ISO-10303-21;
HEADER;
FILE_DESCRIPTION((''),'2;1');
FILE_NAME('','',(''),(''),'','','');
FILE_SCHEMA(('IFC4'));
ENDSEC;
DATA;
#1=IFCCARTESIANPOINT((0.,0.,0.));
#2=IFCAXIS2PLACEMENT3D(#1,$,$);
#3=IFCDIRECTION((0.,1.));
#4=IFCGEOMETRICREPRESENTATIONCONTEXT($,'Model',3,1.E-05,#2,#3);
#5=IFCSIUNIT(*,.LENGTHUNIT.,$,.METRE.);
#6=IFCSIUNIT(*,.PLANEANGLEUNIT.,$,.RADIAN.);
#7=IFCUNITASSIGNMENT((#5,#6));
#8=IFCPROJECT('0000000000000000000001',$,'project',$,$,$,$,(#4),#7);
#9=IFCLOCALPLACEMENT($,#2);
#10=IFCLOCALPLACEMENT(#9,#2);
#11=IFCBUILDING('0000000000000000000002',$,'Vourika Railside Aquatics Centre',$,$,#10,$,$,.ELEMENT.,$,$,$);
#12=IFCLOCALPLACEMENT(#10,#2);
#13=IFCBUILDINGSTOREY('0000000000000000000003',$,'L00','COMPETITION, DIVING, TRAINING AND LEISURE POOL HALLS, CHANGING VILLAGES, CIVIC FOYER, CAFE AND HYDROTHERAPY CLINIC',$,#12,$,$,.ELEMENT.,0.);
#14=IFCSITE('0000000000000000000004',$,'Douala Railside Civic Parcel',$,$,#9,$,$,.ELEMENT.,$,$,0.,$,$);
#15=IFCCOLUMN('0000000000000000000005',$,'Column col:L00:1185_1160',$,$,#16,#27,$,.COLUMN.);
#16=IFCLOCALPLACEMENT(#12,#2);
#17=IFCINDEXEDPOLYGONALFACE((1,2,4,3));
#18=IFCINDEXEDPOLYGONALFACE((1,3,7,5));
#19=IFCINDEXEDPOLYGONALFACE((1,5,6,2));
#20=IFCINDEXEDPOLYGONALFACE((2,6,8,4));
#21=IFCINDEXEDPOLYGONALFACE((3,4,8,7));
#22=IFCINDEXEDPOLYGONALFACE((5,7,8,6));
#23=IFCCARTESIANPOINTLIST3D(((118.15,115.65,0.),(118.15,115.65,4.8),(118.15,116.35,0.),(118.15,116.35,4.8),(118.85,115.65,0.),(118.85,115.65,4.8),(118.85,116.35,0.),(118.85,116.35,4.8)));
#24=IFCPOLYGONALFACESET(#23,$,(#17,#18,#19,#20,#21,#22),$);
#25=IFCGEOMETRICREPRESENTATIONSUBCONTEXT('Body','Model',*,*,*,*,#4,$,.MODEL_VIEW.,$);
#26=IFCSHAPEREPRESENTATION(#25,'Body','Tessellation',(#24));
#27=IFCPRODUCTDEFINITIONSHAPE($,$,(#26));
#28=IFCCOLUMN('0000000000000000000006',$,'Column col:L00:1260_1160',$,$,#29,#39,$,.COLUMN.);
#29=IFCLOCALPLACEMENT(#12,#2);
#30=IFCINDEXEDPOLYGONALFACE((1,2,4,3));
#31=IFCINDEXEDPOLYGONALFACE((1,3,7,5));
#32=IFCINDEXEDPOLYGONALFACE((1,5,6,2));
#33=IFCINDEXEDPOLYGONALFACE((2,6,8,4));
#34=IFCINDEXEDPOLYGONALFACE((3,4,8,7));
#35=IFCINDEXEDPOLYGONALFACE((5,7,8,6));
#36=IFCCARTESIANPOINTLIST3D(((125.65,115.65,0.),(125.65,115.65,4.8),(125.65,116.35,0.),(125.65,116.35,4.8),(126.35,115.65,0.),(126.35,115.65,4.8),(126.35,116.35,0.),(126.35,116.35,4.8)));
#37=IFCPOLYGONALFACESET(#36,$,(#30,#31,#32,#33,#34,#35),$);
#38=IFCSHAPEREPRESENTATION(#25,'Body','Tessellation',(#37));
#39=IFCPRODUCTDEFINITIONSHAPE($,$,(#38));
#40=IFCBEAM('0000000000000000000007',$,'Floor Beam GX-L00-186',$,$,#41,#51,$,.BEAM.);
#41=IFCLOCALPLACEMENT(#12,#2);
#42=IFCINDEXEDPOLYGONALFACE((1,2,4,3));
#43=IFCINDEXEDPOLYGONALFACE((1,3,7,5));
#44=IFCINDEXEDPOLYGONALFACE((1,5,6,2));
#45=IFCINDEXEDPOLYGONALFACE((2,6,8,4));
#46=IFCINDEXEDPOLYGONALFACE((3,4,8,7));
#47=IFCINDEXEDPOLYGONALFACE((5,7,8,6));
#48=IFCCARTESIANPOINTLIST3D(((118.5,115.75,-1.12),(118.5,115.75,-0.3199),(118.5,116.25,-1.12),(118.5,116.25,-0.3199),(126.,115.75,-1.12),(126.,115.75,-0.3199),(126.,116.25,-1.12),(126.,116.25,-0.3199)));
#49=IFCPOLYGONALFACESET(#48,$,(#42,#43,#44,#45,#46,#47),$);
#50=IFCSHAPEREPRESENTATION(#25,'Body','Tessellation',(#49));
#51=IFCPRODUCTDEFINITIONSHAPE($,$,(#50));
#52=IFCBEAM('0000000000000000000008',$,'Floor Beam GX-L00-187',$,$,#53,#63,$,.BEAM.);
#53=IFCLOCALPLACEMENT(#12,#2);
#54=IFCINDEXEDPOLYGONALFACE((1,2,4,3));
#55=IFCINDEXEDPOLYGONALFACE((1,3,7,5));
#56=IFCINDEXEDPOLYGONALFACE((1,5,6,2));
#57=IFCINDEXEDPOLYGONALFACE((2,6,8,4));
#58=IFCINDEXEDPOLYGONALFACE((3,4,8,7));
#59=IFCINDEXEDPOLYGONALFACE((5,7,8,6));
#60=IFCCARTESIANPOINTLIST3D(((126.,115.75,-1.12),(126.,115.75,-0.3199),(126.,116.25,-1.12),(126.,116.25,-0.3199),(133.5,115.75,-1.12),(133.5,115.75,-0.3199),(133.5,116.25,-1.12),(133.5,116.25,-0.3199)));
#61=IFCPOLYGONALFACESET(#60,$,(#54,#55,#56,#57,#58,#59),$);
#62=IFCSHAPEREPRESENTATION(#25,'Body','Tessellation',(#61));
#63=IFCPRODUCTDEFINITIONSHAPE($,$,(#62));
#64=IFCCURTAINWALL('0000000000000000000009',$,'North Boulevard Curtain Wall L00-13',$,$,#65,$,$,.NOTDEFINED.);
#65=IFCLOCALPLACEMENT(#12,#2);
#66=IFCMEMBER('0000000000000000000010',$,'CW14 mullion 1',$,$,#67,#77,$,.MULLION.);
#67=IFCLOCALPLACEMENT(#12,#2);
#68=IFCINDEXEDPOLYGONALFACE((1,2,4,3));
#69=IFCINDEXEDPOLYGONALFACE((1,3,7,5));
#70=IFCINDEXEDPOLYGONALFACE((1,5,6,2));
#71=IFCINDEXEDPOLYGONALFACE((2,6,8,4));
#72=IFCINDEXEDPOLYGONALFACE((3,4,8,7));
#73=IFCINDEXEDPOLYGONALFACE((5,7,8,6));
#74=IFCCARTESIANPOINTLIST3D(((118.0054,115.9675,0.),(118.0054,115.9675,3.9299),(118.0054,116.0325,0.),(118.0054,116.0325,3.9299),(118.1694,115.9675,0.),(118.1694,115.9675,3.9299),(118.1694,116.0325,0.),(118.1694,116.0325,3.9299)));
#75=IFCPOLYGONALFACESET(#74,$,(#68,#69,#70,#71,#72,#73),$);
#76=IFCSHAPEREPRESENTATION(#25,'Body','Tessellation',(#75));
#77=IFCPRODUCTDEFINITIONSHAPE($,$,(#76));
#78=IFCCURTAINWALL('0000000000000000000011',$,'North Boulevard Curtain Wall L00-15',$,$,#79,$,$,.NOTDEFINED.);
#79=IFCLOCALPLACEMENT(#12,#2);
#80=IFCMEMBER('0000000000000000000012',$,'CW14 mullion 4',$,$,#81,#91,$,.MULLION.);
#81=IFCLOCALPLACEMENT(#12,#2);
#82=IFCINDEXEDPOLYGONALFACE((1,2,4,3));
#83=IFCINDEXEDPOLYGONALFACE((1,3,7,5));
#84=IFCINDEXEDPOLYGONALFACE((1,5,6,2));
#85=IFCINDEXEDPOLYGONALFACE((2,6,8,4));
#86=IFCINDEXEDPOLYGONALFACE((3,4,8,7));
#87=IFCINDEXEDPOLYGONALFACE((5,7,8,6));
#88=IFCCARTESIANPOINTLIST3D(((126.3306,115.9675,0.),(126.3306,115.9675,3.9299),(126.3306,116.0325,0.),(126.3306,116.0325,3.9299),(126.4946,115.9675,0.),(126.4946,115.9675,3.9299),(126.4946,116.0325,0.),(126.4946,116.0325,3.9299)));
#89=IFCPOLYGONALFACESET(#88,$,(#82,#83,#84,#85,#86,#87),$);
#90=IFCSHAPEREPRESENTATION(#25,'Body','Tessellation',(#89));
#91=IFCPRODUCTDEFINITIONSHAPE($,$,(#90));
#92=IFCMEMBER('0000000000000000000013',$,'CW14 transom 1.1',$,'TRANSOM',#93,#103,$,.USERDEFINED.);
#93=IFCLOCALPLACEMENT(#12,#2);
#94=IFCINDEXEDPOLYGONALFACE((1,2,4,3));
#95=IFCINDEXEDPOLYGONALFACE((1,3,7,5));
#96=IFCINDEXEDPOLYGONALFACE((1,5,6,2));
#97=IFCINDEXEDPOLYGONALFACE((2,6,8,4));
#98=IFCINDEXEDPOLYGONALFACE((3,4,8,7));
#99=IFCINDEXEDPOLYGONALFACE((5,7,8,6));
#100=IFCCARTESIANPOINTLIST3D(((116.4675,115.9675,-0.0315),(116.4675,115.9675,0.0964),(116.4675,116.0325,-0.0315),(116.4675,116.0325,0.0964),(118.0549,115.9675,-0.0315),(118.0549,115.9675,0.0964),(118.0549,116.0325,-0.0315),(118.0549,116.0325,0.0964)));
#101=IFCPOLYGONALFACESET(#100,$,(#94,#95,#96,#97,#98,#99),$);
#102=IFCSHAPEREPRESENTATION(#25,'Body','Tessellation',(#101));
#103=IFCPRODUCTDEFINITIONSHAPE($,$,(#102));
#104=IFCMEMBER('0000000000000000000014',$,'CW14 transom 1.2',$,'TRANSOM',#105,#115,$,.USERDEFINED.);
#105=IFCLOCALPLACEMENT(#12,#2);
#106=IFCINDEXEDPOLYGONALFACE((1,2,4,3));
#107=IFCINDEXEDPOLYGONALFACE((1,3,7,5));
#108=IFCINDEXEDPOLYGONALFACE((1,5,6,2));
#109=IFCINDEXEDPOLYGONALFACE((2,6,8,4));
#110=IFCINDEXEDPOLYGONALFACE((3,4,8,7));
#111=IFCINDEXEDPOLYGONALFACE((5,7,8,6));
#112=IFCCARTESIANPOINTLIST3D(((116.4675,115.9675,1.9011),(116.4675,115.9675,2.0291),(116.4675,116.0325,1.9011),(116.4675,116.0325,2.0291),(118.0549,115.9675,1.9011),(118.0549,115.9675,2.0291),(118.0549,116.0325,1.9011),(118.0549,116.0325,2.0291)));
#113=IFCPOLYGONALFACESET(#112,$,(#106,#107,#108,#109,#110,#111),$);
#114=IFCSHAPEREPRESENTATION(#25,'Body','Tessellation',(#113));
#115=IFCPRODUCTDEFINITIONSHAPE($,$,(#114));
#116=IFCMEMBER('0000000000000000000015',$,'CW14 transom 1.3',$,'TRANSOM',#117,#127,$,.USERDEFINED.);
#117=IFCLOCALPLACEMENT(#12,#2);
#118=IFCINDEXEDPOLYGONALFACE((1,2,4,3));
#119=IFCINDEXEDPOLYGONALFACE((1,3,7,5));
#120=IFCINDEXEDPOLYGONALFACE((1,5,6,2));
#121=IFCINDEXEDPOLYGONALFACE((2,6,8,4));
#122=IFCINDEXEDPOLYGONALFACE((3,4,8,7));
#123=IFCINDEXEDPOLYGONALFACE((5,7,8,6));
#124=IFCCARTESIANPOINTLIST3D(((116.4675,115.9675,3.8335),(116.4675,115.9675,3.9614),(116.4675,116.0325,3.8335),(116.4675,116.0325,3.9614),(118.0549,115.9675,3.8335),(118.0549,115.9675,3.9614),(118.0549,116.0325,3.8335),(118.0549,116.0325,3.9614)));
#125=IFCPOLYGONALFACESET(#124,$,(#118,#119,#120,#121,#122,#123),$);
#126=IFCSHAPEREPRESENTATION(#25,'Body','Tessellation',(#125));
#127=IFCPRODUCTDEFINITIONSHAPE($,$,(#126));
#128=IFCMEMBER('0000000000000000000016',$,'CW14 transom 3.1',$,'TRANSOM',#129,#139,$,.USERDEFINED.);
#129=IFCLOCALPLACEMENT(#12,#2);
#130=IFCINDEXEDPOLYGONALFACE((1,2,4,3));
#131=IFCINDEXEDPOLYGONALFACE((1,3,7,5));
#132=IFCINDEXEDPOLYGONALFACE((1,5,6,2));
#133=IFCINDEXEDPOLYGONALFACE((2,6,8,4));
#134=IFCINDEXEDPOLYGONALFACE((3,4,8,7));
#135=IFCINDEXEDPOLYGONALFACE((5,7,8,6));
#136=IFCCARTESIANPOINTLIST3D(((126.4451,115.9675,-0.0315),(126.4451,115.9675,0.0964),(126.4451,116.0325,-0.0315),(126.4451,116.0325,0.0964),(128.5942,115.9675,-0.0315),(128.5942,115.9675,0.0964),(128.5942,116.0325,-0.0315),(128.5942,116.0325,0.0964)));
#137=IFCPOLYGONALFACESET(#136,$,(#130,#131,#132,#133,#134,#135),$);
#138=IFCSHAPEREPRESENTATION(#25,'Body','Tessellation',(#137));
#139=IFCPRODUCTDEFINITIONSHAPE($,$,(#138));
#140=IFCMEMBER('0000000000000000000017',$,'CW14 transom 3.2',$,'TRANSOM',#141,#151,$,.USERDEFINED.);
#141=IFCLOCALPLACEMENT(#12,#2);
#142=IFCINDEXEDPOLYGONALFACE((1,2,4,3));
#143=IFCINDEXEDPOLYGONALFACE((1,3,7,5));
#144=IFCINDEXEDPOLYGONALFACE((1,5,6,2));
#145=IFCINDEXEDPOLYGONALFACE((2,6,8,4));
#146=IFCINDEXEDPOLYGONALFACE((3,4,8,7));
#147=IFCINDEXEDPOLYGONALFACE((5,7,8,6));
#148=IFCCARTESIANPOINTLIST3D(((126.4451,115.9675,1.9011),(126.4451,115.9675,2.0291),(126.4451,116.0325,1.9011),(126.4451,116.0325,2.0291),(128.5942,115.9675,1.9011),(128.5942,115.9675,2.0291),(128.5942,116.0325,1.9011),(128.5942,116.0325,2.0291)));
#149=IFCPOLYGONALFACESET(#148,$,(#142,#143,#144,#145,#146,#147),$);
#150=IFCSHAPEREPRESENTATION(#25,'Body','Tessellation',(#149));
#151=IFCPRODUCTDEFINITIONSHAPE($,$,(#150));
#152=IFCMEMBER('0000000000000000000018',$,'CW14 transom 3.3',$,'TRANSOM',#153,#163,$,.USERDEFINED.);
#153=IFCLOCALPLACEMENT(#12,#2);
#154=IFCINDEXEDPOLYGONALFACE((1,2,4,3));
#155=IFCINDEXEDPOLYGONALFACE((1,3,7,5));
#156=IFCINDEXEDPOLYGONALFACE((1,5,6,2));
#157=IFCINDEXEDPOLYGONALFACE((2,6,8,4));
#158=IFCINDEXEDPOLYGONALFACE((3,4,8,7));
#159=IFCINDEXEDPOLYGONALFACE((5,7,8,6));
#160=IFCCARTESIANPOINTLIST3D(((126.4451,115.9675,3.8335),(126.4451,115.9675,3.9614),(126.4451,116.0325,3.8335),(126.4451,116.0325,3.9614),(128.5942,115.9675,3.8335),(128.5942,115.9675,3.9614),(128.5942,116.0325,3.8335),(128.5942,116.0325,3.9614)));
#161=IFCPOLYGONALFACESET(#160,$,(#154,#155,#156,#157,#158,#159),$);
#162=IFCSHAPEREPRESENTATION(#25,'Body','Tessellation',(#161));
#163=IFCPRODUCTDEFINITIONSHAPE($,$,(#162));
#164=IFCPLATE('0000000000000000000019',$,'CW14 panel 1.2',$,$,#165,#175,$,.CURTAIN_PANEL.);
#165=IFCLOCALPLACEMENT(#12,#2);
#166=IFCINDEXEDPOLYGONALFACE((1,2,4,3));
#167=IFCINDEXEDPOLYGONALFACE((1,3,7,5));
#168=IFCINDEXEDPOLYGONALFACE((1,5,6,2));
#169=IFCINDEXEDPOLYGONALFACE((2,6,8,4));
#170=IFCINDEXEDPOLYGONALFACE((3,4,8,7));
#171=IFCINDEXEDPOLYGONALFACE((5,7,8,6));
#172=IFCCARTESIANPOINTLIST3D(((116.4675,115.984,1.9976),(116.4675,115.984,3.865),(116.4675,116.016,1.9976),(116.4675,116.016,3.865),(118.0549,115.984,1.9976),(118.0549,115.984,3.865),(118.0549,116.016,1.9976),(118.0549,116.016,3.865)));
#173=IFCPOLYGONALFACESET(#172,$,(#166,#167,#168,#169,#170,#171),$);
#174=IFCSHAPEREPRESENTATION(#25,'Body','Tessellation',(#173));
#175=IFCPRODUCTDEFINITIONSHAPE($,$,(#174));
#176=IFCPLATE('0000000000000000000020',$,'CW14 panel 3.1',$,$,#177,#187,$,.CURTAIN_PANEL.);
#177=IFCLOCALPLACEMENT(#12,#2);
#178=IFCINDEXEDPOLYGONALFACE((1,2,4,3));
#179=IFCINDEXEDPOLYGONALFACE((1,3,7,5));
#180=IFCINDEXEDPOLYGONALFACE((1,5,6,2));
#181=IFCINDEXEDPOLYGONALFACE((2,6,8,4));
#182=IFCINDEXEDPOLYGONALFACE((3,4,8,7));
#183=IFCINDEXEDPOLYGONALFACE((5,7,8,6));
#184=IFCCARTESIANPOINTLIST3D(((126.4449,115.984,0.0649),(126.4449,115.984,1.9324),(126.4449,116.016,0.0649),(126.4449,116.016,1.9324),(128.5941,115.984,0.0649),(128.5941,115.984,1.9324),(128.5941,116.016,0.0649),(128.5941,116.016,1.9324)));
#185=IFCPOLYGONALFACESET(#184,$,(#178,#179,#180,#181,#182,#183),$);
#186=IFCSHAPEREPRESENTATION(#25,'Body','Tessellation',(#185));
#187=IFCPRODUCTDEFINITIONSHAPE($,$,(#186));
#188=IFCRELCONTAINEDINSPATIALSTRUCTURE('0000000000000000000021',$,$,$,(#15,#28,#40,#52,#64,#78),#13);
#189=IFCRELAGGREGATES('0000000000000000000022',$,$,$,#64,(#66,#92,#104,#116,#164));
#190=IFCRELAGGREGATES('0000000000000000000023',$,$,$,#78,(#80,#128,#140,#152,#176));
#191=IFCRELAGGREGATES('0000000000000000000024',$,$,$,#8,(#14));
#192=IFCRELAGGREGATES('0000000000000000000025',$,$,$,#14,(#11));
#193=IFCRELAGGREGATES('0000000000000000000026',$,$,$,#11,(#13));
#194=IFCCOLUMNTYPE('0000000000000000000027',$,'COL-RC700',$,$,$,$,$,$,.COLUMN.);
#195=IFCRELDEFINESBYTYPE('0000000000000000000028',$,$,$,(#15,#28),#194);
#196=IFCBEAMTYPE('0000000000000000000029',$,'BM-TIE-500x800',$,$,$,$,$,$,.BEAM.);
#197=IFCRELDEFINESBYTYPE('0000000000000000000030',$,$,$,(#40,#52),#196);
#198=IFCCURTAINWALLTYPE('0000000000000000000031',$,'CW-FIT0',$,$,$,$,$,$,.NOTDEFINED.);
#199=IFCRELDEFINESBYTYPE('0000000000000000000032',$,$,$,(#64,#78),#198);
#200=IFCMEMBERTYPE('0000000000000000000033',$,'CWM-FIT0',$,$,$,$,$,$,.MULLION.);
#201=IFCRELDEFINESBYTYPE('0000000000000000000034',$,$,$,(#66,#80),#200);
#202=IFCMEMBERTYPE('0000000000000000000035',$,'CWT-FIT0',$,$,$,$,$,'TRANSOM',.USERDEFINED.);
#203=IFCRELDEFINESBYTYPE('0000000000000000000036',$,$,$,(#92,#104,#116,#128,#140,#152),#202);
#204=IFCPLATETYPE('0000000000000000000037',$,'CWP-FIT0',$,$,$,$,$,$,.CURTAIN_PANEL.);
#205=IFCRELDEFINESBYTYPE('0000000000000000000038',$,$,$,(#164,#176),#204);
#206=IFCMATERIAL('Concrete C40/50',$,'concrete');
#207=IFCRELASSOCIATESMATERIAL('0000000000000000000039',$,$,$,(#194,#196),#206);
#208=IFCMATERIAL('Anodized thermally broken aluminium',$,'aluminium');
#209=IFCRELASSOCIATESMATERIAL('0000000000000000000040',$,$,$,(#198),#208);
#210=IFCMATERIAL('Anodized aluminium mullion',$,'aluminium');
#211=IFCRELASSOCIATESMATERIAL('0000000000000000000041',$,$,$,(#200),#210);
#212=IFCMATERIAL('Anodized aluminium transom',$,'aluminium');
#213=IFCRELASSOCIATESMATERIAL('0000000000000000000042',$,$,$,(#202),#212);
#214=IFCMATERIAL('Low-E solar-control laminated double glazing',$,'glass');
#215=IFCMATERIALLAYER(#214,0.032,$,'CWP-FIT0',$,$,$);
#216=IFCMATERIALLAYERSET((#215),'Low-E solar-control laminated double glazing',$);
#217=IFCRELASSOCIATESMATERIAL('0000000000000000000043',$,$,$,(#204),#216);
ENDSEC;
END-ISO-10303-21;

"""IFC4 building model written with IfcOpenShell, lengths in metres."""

from ifc_helpers import new_model, si_unit, direction, frame, origin, origin_2d, place, context, subcontext, project, spatial, rectangle, extrude, material, layer, layer_set, material_profile, profile_set, type_object, element, aggregate, save


model = new_model("IFC4")

# Units and contexts
model_context = context("Model", 3, precision=1e-05, world=origin(), true_north=direction((0.0, 1.0)))
body_context = subcontext(model_context, "Body", "Model", "MODEL_VIEW")
ifc_project = project(units=[si_unit("LENGTHUNIT", "METRE"), si_unit("PLANEANGLEUNIT", "RADIAN")], contexts=[model_context])

# Site, building, storey
site_placement = place(None, origin())
site = spatial("IfcSite", under=ifc_project, at=site_placement, Name="Douala Railside Civic Parcel", CompositionType="ELEMENT", RefElevation=0.0)
building_placement = place(site_placement, origin())
building = spatial("IfcBuilding", under=site, at=building_placement, Name="Vourika Railside Aquatics Centre", CompositionType="ELEMENT")
storey_placement = place(building_placement, origin())
storey = spatial("IfcBuildingStorey", under=building, at=storey_placement, Name="L00", Description="COMPETITION, DIVING, TRAINING AND LEISURE POOL HALLS, CHANGING VILLAGES, CIVIC FOYER, CAFE AND HYDROTHERAPY CLINIC", CompositionType="ELEMENT", Elevation=0.0)

# Columns
ifc_material_1 = material(Name="Concrete C40/50", Category="concrete")
ifc_material_profile_1 = material_profile(ifc_material_1, rectangle(XDim=0.7, YDim=0.7, at=origin_2d()), Name="RC 700x700")
ifc_profile_set_1 = profile_set([ifc_material_profile_1], Name="Concrete C40/50")
column_type = type_object("IfcColumnType", Name="COL-RC700", PredefinedType="COLUMN", material=ifc_profile_set_1)
for number, where, z_axis, x_axis, name in (
    (1, (118.5, 116.0, 0.0), (0.0, 0.0, 1.0), (1.0, 0.0, 0.0), "Column col:L00:1185_1160"),
    (2, (126.0, 116.0, 0.0), (0.0, 0.0, 1.0), (1.0, 0.0, 0.0), "Column col:L00:1260_1160"),
):
    element("IfcColumn", number, at=place(storey_placement, frame(where, z_axis=z_axis, x_axis=x_axis)), inside=storey, type_object=column_type, Name=name, PredefinedType="COLUMN", context=body_context, shape_type="SweptSolid", body=[
        extrude(rectangle(XDim=0.7, YDim=0.7, at=origin_2d()), origin(), (0.0, 0.0, 1.0), 4.8),
    ])

# Beams
ifc_material_profile_2 = material_profile(ifc_material_1, rectangle(XDim=0.5, YDim=0.8, at=origin_2d()), Name="RC 500x800")
ifc_profile_set_2 = profile_set([ifc_material_profile_2], Name="Concrete C40/50")
beam_type = type_object("IfcBeamType", Name="BM-TIE-500x800", PredefinedType="BEAM", material=ifc_profile_set_2)
for number, where, z_axis, x_axis, name in (
    (3, (118.5, 116.0, -0.72), (1.0, 0.0, 0.0), (0.0, 1.0, 0.0), "Floor Beam GX-L00-186"),
    (4, (126.0, 116.0, -0.72), (1.0, 0.0, 0.0), (0.0, 1.0, 0.0), "Floor Beam GX-L00-187"),
):
    element("IfcBeam", number, at=place(storey_placement, frame(where, z_axis=z_axis, x_axis=x_axis)), inside=storey, type_object=beam_type, Name=name, PredefinedType="BEAM", context=body_context, shape_type="SweptSolid", body=[
        extrude(rectangle(XDim=0.5, YDim=0.8, at=origin_2d()), origin(), (0.0, 0.0, 1.0), 7.5),
    ])

# Curtain walls, members
ifc_material_2 = material(Name="Anodized thermally broken aluminium", Category="aluminium")
curtain_wall_type = type_object("IfcCurtainWallType", Name="CW-FIT0", PredefinedType="NOTDEFINED", material=ifc_material_2)
curtain_wall_1_placement = place(storey_placement, origin())
curtain_wall_1 = element("IfcCurtainWall", 5, at=curtain_wall_1_placement, inside=storey, type_object=curtain_wall_type, Name="North Boulevard Curtain Wall L00-13", PredefinedType="NOTDEFINED")
ifc_material_3 = material(Name="Anodized aluminium mullion", Category="aluminium")
ifc_material_profile_3 = material_profile(ifc_material_3, rectangle(XDim=0.0649, YDim=0.1641, at=origin_2d()), Name="ALU-M 65x164")
ifc_profile_set_3 = profile_set([ifc_material_profile_3], Name="Anodized aluminium mullion")
member_type_1 = type_object("IfcMemberType", Name="CWM-FIT0", PredefinedType="MULLION", material=ifc_profile_set_3)
member_1_placement = place(storey_placement, frame((118.0874, 116.0, 0.0), z_axis=(0.0, 0.0, 1.0), x_axis=(0.0, -1.0, 0.0)))
member_1 = element("IfcMember", 6, at=member_1_placement, type_object=member_type_1, Name="CW14 mullion 1", PredefinedType="MULLION", context=body_context, shape_type="SweptSolid", body=[
    extrude(rectangle(XDim=0.0649, YDim=0.1641, at=origin_2d()), origin(), (0.0, 0.0, 1.0), 3.9299),
])
curtain_wall_2_placement = place(storey_placement, origin())
curtain_wall_2 = element("IfcCurtainWall", 7, at=curtain_wall_2_placement, inside=storey, type_object=curtain_wall_type, Name="North Boulevard Curtain Wall L00-15", PredefinedType="NOTDEFINED")
member_2_placement = place(storey_placement, frame((126.4126, 116.0, 0.0), z_axis=(0.0, 0.0, 1.0), x_axis=(0.0, -1.0, 0.0)))
member_2 = element("IfcMember", 8, at=member_2_placement, type_object=member_type_1, Name="CW14 mullion 4", PredefinedType="MULLION", context=body_context, shape_type="SweptSolid", body=[
    extrude(rectangle(XDim=0.0649, YDim=0.1641, at=origin_2d()), origin(), (0.0, 0.0, 1.0), 3.9299),
])

# Members
ifc_material_4 = material(Name="Anodized aluminium transom", Category="aluminium")
ifc_material_profile_4 = material_profile(ifc_material_4, rectangle(XDim=0.0649, YDim=0.1279, at=origin_2d()), Name="ALU-T 65x128")
ifc_profile_set_4 = profile_set([ifc_material_profile_4], Name="Anodized aluminium transom")
member_type_2 = type_object("IfcMemberType", Name="CWT-FIT0", ElementType="TRANSOM", PredefinedType="USERDEFINED", material=ifc_profile_set_4)
member_3_placement = place(storey_placement, frame((118.0549, 116.0, 0.0325), z_axis=(-1.0, 0.0, 0.0), x_axis=(0.0, -1.0, 0.0)))
member_3 = element("IfcMember", 9, at=member_3_placement, type_object=member_type_2, Name="CW14 transom 1.1", ObjectType="TRANSOM", PredefinedType="USERDEFINED", context=body_context, shape_type="SweptSolid", body=[
    extrude(rectangle(XDim=0.0649, YDim=0.1279, at=origin_2d()), origin(), (0.0, 0.0, 1.0), 1.5874),
])
member_4_placement = place(storey_placement, frame((118.0549, 116.0, 1.9651), z_axis=(-1.0, 0.0, 0.0), x_axis=(0.0, -1.0, 0.0)))
member_4 = element("IfcMember", 10, at=member_4_placement, type_object=member_type_2, Name="CW14 transom 1.2", ObjectType="TRANSOM", PredefinedType="USERDEFINED", context=body_context, shape_type="SweptSolid", body=[
    extrude(rectangle(XDim=0.0649, YDim=0.1279, at=origin_2d()), origin(), (0.0, 0.0, 1.0), 1.5874),
])
member_5_placement = place(storey_placement, frame((118.0549, 116.0, 3.8975), z_axis=(-1.0, 0.0, 0.0), x_axis=(0.0, -1.0, 0.0)))
member_5 = element("IfcMember", 11, at=member_5_placement, type_object=member_type_2, Name="CW14 transom 1.3", ObjectType="TRANSOM", PredefinedType="USERDEFINED", context=body_context, shape_type="SweptSolid", body=[
    extrude(rectangle(XDim=0.0649, YDim=0.1279, at=origin_2d()), origin(), (0.0, 0.0, 1.0), 1.5874),
])
member_6_placement = place(storey_placement, frame((128.5942, 116.0, 0.0325), z_axis=(-1.0, 0.0, 0.0), x_axis=(0.0, -1.0, 0.0)))
member_6 = element("IfcMember", 12, at=member_6_placement, type_object=member_type_2, Name="CW14 transom 3.1", ObjectType="TRANSOM", PredefinedType="USERDEFINED", context=body_context, shape_type="SweptSolid", body=[
    extrude(rectangle(XDim=0.0649, YDim=0.1279, at=origin_2d()), origin(), (0.0, 0.0, 1.0), 2.1492),
])
member_7_placement = place(storey_placement, frame((128.5942, 116.0, 1.9651), z_axis=(-1.0, 0.0, 0.0), x_axis=(0.0, -1.0, 0.0)))
member_7 = element("IfcMember", 13, at=member_7_placement, type_object=member_type_2, Name="CW14 transom 3.2", ObjectType="TRANSOM", PredefinedType="USERDEFINED", context=body_context, shape_type="SweptSolid", body=[
    extrude(rectangle(XDim=0.0649, YDim=0.1279, at=origin_2d()), origin(), (0.0, 0.0, 1.0), 2.1492),
])
member_8_placement = place(storey_placement, frame((128.5942, 116.0, 3.8975), z_axis=(-1.0, 0.0, 0.0), x_axis=(0.0, -1.0, 0.0)))
member_8 = element("IfcMember", 14, at=member_8_placement, type_object=member_type_2, Name="CW14 transom 3.3", ObjectType="TRANSOM", PredefinedType="USERDEFINED", context=body_context, shape_type="SweptSolid", body=[
    extrude(rectangle(XDim=0.0649, YDim=0.1279, at=origin_2d()), origin(), (0.0, 0.0, 1.0), 2.1492),
])

# Plates
ifc_material_5 = material(Name="Low-E solar-control laminated double glazing", Category="glass")
ifc_layer_1 = layer(ifc_material_5, 0.032, Name="CWP-FIT0")
ifc_layer_set_1 = layer_set([ifc_layer_1], Name="Low-E solar-control laminated double glazing")
plate_type = type_object("IfcPlateType", Name="CWP-FIT0", PredefinedType="CURTAIN_PANEL", material=ifc_layer_set_1)
plate_1_placement = place(storey_placement, frame((117.2612, 116.0, 1.9976), z_axis=(0.0, 0.0, 1.0), x_axis=(-1.0, 0.0, 0.0)))
plate_1 = element("IfcPlate", 15, at=plate_1_placement, type_object=plate_type, Name="CW14 panel 1.2", PredefinedType="CURTAIN_PANEL", context=body_context, shape_type="SweptSolid", body=[
    extrude(rectangle(XDim=1.5874, YDim=0.032, at=origin_2d()), origin(), (0.0, 0.0, 1.0), 1.8674),
])
aggregate(curtain_wall_1, [member_1, member_3, member_4, member_5, plate_1])
plate_2_placement = place(storey_placement, frame((127.5195, 116.0, 0.0649), z_axis=(0.0, 0.0, 1.0), x_axis=(-1.0, 0.0, 0.0)))
plate_2 = element("IfcPlate", 16, at=plate_2_placement, type_object=plate_type, Name="CW14 panel 3.1", PredefinedType="CURTAIN_PANEL", context=body_context, shape_type="SweptSolid", body=[
    extrude(rectangle(XDim=2.1492, YDim=0.032, at=origin_2d()), origin(), (0.0, 0.0, 1.0), 1.8674),
])
aggregate(curtain_wall_2, [member_2, member_6, member_7, member_8, plate_2])

save(model, "model.ifc")
